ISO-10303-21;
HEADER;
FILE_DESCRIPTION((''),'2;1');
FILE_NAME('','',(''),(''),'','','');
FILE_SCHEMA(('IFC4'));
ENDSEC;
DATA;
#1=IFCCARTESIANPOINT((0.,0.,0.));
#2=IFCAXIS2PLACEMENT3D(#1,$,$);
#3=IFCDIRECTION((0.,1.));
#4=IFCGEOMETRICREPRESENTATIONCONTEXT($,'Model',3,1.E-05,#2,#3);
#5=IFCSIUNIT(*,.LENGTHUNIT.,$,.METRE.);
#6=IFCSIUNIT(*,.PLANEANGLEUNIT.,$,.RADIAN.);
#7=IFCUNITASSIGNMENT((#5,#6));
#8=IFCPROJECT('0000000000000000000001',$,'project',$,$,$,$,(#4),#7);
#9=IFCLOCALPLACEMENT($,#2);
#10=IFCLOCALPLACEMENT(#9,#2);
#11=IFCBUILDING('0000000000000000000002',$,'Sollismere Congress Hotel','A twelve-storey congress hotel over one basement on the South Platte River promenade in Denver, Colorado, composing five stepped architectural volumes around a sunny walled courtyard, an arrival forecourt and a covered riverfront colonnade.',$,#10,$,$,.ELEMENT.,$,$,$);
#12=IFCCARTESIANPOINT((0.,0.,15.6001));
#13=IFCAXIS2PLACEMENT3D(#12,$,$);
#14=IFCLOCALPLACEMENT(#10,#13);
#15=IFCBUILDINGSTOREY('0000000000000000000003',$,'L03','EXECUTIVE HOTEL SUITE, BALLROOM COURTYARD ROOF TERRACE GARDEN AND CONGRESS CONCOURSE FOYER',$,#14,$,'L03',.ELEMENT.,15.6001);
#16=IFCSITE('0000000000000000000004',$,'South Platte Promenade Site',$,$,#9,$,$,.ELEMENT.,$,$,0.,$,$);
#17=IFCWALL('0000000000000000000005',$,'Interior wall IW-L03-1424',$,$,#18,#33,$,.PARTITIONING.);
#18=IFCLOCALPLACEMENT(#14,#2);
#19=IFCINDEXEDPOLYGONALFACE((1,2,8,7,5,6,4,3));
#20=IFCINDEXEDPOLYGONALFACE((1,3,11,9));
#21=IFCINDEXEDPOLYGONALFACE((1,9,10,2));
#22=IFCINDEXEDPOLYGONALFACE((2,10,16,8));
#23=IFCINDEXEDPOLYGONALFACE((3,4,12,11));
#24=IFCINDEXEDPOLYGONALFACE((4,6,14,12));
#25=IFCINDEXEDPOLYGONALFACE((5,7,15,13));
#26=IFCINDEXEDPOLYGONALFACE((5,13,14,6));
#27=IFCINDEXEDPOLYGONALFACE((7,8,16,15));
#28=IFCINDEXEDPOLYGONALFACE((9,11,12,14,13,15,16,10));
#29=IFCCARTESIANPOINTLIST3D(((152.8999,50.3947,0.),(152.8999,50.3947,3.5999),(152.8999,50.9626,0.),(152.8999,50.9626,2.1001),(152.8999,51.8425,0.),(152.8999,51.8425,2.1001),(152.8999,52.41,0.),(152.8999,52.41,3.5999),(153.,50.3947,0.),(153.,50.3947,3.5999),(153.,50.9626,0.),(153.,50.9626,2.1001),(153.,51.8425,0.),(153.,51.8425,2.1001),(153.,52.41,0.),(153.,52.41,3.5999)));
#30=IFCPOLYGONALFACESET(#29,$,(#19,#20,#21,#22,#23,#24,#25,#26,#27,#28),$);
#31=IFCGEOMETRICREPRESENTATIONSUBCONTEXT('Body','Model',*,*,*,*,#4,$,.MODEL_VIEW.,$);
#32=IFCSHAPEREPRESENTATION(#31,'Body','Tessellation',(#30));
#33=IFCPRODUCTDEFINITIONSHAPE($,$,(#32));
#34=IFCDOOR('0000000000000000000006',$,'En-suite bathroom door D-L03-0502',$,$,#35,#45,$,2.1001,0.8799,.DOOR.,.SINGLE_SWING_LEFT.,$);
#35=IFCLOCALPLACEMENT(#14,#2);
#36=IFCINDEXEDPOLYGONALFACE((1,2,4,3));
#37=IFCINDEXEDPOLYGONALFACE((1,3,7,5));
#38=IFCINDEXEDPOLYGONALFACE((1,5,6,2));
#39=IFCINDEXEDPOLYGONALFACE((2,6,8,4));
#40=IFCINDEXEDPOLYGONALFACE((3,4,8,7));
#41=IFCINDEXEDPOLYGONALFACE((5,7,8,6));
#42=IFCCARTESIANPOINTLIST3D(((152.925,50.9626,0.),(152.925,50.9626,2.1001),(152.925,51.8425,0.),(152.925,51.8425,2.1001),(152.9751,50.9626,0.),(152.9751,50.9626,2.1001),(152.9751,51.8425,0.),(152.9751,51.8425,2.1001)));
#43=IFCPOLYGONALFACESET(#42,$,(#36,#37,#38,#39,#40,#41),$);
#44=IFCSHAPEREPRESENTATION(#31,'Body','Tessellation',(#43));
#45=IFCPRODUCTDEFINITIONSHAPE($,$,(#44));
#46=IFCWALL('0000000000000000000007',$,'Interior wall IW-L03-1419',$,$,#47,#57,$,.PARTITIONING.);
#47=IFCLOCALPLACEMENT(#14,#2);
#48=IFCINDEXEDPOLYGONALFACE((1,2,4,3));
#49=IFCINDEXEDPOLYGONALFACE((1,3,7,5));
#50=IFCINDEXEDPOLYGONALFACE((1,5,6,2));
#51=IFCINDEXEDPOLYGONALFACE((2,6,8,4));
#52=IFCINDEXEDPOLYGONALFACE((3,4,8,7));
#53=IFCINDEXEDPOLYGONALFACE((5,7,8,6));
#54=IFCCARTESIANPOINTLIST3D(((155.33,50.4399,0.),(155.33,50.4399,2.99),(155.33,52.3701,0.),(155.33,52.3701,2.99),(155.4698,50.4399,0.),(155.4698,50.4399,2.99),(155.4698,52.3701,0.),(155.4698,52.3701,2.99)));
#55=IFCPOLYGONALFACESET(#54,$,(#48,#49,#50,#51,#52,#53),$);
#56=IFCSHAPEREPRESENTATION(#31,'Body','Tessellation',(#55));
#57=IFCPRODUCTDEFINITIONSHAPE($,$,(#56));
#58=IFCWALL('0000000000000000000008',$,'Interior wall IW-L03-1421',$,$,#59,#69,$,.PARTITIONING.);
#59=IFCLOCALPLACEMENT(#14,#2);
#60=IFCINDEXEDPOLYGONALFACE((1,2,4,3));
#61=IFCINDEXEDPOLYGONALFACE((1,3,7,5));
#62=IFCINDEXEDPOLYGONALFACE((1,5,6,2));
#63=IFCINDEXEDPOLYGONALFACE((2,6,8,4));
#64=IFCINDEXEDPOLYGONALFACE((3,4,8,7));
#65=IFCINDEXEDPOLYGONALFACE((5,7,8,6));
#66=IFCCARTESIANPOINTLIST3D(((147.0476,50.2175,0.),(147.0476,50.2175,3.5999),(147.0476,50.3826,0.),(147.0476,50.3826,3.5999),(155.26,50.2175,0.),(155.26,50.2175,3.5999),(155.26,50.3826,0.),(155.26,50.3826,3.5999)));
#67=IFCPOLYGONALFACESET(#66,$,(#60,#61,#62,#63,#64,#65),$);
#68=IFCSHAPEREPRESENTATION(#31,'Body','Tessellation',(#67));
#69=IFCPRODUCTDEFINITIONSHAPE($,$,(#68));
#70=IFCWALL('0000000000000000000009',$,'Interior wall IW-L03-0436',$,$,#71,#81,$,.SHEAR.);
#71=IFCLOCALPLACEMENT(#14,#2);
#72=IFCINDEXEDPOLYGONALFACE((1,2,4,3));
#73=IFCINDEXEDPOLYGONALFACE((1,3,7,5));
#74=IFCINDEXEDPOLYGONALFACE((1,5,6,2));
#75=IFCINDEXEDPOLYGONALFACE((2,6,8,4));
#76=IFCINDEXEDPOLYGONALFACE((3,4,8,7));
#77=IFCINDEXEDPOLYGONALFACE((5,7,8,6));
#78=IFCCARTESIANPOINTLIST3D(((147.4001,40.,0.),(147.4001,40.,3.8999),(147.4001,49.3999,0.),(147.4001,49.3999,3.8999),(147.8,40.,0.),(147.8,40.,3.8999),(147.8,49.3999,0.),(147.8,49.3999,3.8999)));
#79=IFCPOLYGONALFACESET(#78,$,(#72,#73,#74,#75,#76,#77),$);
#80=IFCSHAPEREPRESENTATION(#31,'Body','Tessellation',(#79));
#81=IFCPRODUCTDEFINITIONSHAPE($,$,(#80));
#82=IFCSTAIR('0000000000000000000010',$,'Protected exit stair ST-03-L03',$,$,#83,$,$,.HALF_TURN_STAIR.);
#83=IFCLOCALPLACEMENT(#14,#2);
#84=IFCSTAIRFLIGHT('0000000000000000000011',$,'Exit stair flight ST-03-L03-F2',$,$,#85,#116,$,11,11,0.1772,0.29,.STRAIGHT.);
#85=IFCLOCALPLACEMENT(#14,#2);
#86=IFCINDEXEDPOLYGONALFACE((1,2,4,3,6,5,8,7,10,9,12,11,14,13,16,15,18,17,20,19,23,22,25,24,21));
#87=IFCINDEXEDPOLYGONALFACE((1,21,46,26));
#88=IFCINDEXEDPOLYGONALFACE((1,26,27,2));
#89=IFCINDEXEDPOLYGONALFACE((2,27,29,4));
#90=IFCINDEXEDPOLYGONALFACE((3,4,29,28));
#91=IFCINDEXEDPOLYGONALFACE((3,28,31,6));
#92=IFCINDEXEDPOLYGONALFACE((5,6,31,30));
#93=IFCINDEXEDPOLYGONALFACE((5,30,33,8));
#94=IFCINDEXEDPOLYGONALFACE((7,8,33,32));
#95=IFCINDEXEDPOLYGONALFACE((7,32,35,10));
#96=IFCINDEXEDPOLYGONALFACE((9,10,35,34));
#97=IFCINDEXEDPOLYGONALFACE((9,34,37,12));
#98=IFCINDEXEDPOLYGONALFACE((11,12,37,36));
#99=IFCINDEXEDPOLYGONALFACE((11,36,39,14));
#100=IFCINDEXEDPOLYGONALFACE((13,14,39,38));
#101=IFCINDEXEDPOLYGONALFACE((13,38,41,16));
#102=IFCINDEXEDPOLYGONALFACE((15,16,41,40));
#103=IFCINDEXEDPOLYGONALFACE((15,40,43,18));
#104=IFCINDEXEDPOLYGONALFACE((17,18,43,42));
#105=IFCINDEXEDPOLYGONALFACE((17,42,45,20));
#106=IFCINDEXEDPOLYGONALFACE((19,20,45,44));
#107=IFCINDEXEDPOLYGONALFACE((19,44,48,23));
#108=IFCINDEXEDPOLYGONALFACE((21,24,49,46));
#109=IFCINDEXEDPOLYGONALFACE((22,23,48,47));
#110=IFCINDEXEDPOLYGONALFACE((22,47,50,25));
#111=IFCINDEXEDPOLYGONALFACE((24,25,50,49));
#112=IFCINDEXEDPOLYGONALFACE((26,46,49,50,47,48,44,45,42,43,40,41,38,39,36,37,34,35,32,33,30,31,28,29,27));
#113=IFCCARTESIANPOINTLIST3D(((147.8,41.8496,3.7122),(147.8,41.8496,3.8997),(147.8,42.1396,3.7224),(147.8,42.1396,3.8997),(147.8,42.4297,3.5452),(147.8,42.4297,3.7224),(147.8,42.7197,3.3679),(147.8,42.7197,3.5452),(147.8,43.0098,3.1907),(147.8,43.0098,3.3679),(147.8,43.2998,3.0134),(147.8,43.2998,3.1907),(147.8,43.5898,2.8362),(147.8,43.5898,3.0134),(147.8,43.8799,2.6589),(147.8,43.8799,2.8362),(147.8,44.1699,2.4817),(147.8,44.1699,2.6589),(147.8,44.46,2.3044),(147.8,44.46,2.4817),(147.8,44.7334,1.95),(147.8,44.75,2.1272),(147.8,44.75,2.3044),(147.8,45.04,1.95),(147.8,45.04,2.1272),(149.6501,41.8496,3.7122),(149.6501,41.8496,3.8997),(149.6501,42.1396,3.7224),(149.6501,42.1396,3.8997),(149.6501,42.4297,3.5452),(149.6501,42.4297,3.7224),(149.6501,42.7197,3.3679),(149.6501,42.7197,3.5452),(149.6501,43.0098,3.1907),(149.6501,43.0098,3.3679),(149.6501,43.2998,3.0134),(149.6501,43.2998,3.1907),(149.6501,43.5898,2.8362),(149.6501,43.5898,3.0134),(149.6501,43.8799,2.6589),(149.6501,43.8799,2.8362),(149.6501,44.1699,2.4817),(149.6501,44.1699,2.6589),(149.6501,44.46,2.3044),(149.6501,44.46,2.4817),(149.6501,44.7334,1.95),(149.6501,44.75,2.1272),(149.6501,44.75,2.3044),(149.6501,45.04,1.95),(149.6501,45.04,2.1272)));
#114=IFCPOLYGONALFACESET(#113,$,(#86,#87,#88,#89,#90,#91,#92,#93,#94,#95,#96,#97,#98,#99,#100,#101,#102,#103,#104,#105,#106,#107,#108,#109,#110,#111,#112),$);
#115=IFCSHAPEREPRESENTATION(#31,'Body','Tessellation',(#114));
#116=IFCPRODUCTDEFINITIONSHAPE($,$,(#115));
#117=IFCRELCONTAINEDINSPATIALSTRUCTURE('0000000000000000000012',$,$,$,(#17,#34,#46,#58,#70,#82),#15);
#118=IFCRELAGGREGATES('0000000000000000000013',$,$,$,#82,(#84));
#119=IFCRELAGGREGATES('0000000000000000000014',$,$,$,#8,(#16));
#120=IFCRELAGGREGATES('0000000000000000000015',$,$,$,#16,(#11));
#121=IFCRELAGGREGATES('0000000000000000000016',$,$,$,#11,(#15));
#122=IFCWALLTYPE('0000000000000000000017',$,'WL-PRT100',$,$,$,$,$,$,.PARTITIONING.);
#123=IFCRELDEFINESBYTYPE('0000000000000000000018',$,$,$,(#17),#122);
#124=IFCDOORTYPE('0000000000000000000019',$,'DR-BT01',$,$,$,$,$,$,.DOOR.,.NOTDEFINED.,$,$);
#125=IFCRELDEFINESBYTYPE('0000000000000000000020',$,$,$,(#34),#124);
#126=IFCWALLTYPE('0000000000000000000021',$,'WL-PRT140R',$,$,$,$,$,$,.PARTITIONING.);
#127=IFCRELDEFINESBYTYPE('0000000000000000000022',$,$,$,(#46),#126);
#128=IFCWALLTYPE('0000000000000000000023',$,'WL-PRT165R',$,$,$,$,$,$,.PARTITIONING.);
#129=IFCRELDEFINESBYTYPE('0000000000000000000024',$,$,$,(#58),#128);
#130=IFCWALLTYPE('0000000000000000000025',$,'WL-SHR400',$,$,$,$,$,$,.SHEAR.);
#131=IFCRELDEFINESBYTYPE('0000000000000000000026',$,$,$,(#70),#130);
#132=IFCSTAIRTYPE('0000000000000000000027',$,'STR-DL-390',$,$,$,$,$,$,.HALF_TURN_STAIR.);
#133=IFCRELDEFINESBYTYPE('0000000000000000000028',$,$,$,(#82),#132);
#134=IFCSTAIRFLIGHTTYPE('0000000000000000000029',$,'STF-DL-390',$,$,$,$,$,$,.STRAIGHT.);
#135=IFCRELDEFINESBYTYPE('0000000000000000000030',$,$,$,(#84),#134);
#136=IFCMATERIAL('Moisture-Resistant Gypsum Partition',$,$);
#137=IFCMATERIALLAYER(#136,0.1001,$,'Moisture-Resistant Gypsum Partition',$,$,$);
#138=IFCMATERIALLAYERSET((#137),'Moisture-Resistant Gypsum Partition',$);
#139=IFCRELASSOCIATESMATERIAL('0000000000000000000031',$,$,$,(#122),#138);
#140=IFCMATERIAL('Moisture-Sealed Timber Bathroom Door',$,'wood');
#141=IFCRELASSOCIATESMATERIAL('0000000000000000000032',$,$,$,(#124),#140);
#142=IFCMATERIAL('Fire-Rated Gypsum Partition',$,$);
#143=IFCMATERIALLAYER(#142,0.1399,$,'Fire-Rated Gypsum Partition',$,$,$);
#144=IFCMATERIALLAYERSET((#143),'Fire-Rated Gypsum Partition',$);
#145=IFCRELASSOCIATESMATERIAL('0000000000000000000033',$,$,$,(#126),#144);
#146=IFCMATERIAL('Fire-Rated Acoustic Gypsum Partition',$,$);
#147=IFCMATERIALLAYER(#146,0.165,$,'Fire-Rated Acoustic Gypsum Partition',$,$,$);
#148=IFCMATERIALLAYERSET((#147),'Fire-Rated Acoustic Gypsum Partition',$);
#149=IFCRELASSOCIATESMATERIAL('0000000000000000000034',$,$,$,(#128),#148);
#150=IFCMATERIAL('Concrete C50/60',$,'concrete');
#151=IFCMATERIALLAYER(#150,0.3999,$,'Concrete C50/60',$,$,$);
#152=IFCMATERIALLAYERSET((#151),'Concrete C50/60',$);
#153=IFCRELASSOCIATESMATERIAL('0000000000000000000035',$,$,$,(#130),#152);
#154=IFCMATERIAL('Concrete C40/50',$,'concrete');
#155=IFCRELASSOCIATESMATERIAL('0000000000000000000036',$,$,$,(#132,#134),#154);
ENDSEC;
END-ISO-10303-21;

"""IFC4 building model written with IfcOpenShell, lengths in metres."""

from ifc_helpers import new_model, si_unit, direction, frame, frame_2d, origin, place, context, subcontext, project, spatial, polyline, rectangle, outline, extrude, material, layer, layer_set, type_object, element, fill, aggregate, save


model = new_model("IFC4")

# Units and contexts
model_context = context("Model", 3, precision=1e-05, world=origin(), true_north=direction((0.0, 1.0)))
body_context = subcontext(model_context, "Body", "Model", "MODEL_VIEW")
ifc_project = project(units=[si_unit("LENGTHUNIT", "METRE"), si_unit("PLANEANGLEUNIT", "RADIAN")], contexts=[model_context])

# Site, building, storey
site_placement = place(None, origin())
site = spatial("IfcSite", under=ifc_project, at=site_placement, Name="South Platte Promenade Site", CompositionType="ELEMENT", RefElevation=0.0)
building_placement = place(site_placement, origin())
building = spatial("IfcBuilding", under=site, at=building_placement, Name="Sollismere Congress Hotel", Description="A twelve-storey congress hotel over one basement on the South Platte River promenade in Denver, Colorado, composing five stepped architectural volumes around a sunny walled courtyard, an arrival forecourt and a covered riverfront colonnade.", CompositionType="ELEMENT")
storey_placement = place(building_placement, frame((0.0, 0.0, 15.6001)))
storey = spatial("IfcBuildingStorey", under=building, at=storey_placement, Name="L03", Description="EXECUTIVE HOTEL SUITE, BALLROOM COURTYARD ROOF TERRACE GARDEN AND CONGRESS CONCOURSE FOYER", LongName="L03", CompositionType="ELEMENT", Elevation=15.6001)

# Wall, opening, door
ifc_material_1 = material(Name="Moisture-Resistant Gypsum Partition")
ifc_layer_1 = layer(ifc_material_1, 0.1001, Name="Moisture-Resistant Gypsum Partition")
ifc_layer_set_1 = layer_set([ifc_layer_1], Name="Moisture-Resistant Gypsum Partition")
wall_type_1 = type_object("IfcWallType", Name="WL-PRT100", PredefinedType="PARTITIONING", material=ifc_layer_set_1)
wall_1_placement = place(storey_placement, frame((152.95, 50.3945, 0.0), z_axis=(0.0, 0.0, 1.0), x_axis=(0.0, 1.0, 0.0)))
wall_1 = element("IfcWall", 1, at=wall_1_placement, inside=storey, type_object=wall_type_1, Name="Interior wall IW-L03-1424", PredefinedType="PARTITIONING", context=body_context, shape_type="SweptSolid", body=[
    extrude(rectangle(XDim=2.0154, YDim=0.1001, at=frame_2d((1.0078, 0.0))), origin(), (0.0, 0.0, 1.0), 3.5999),
])
opening_1_placement = place(wall_1_placement, frame((0.5681, 0.0, 0.0)))
opening_1 = element("IfcOpeningElement", 2, at=opening_1_placement, cuts=wall_1, PredefinedType="OPENING", context=body_context, shape_type="SweptSolid", body=[
    extrude(rectangle(XDim=0.8799, YDim=2.1001, at=frame_2d((0.4399, 1.05))), frame((0.0, 0.0601, 0.0), z_axis=(0.0, -1.0, 0.0), x_axis=(1.0, 0.0, 0.0)), (0.0, 0.0, 1.0), 0.1201),
])
ifc_material_2 = material(Name="Moisture-Sealed Timber Bathroom Door", Category="wood")
door_type = type_object("IfcDoorType", Name="DR-BT01", OperationType="NOTDEFINED", PredefinedType="DOOR", material=ifc_material_2)
door_placement = place(opening_1_placement, origin())
door = element("IfcDoor", 3, at=door_placement, inside=storey, type_object=door_type, Name="En-suite bathroom door D-L03-0502", OperationType="SINGLE_SWING_LEFT", OverallHeight=2.1001, OverallWidth=0.8799, PredefinedType="DOOR", context=body_context, shape_type="SweptSolid", body=[
    extrude(rectangle(XDim=0.8799, YDim=2.1001, at=frame_2d((0.4399, 1.05))), frame((0.0, 0.0249, 0.0), z_axis=(0.0, -1.0, 0.0), x_axis=(1.0, 0.0, 0.0)), (0.0, 0.0, 1.0), 0.05),
])
fill(opening_1, door)

# Walls
ifc_material_3 = material(Name="Fire-Rated Gypsum Partition")
ifc_layer_2 = layer(ifc_material_3, 0.1399, Name="Fire-Rated Gypsum Partition")
ifc_layer_set_2 = layer_set([ifc_layer_2], Name="Fire-Rated Gypsum Partition")
wall_type_2 = type_object("IfcWallType", Name="WL-PRT140R", PredefinedType="PARTITIONING", material=ifc_layer_set_2)
wall_2_placement = place(storey_placement, frame((155.3999, 50.4399, 0.0), z_axis=(0.0, 0.0, 1.0), x_axis=(0.0, 1.0, 0.0)))
element("IfcWall", 4, at=wall_2_placement, inside=storey, type_object=wall_type_2, Name="Interior wall IW-L03-1419", PredefinedType="PARTITIONING", context=body_context, shape_type="SweptSolid", body=[
    extrude(rectangle(XDim=1.9302, YDim=0.1399, at=frame_2d((0.9651, 0.0))), origin(), (0.0, 0.0, 1.0), 2.99),
])
ifc_material_4 = material(Name="Fire-Rated Acoustic Gypsum Partition")
ifc_layer_3 = layer(ifc_material_4, 0.165, Name="Fire-Rated Acoustic Gypsum Partition")
ifc_layer_set_3 = layer_set([ifc_layer_3], Name="Fire-Rated Acoustic Gypsum Partition")
wall_type_3 = type_object("IfcWallType", Name="WL-PRT165R", PredefinedType="PARTITIONING", material=ifc_layer_set_3)
wall_3_placement = place(storey_placement, frame((147.0476, 50.3, 0.0), z_axis=(0.0, 0.0, 1.0), x_axis=(1.0, 0.0, 0.0)))
element("IfcWall", 5, at=wall_3_placement, inside=storey, type_object=wall_type_3, Name="Interior wall IW-L03-1421", PredefinedType="PARTITIONING", context=body_context, shape_type="SweptSolid", body=[
    extrude(rectangle(XDim=8.2124, YDim=0.165, at=frame_2d((4.1062, 0.0))), origin(), (0.0, 0.0, 1.0), 3.5999),
])
ifc_material_5 = material(Name="Concrete C50/60", Category="concrete")
ifc_layer_4 = layer(ifc_material_5, 0.3999, Name="Concrete C50/60")
ifc_layer_set_4 = layer_set([ifc_layer_4], Name="Concrete C50/60")
wall_type_4 = type_object("IfcWallType", Name="WL-SHR400", PredefinedType="SHEAR", material=ifc_layer_set_4)
wall_4_placement = place(storey_placement, frame((147.6001, 49.3999, 0.0), z_axis=(0.0, 0.0, 1.0), x_axis=(0.0, -1.0, 0.0)))
element("IfcWall", 6, at=wall_4_placement, inside=storey, type_object=wall_type_4, Name="Interior wall IW-L03-0436", PredefinedType="SHEAR", context=body_context, shape_type="SweptSolid", body=[
    extrude(rectangle(XDim=9.3999, YDim=0.3999, at=frame_2d((4.7, 0.0))), origin(), (0.0, 0.0, 1.0), 3.8999),
])

# Stair, stair flight
ifc_material_6 = material(Name="Concrete C40/50", Category="concrete")
stair_type = type_object("IfcStairType", Name="STR-DL-390", PredefinedType="HALF_TURN_STAIR", material=ifc_material_6)
stair_placement = place(storey_placement, origin())
stair = element("IfcStair", 7, at=stair_placement, inside=storey, type_object=stair_type, Name="Protected exit stair ST-03-L03", PredefinedType="HALF_TURN_STAIR")
stair_flight_type = type_object("IfcStairFlightType", Name="STF-DL-390", PredefinedType="STRAIGHT", material=ifc_material_6)
stair_flight_placement = place(storey_placement, frame((148.7251, 45.04, 1.95), z_axis=(0.0, 0.0, 1.0), x_axis=(0.0, -1.0, 0.0)))
stair_flight = element("IfcStairFlight", 8, at=stair_flight_placement, type_object=stair_flight_type, Name="Exit stair flight ST-03-L03-F2", NumberOfRisers=11, NumberOfTreads=11, PredefinedType="STRAIGHT", RiserHeight=0.1772, TreadLength=0.29, context=body_context, shape_type="SweptSolid", body=[
    extrude(outline(polyline([(0.0, 0.0), (0.0, 0.1772), (0.29, 0.1772), (0.29, 0.3545), (0.5801, 0.3545), (0.5801, 0.5317), (0.8701, 0.5317), (0.8701, 0.709), (1.1602, 0.709), (1.1602, 0.8862), (1.4502, 0.8862), (1.4502, 1.0635), (1.7402, 1.0635), (1.7402, 1.2407), (2.0303, 1.2407), (2.0303, 1.418), (2.3203, 1.418), (2.3203, 1.5952), (2.6104, 1.5952), (2.6104, 1.7725), (2.9004, 1.7725), (2.9004, 1.9497), (3.1904, 1.9497), (3.1904, 1.7622), (0.3066, 0.0), (0.0, 0.0)])), frame((0.0, 0.925, 0.0), z_axis=(0.0, -1.0, 0.0), x_axis=(1.0, 0.0, 0.0)), (0.0, 0.0, 1.0), 1.8501),
])
aggregate(stair, [stair_flight])

save(model, "model.ifc")
